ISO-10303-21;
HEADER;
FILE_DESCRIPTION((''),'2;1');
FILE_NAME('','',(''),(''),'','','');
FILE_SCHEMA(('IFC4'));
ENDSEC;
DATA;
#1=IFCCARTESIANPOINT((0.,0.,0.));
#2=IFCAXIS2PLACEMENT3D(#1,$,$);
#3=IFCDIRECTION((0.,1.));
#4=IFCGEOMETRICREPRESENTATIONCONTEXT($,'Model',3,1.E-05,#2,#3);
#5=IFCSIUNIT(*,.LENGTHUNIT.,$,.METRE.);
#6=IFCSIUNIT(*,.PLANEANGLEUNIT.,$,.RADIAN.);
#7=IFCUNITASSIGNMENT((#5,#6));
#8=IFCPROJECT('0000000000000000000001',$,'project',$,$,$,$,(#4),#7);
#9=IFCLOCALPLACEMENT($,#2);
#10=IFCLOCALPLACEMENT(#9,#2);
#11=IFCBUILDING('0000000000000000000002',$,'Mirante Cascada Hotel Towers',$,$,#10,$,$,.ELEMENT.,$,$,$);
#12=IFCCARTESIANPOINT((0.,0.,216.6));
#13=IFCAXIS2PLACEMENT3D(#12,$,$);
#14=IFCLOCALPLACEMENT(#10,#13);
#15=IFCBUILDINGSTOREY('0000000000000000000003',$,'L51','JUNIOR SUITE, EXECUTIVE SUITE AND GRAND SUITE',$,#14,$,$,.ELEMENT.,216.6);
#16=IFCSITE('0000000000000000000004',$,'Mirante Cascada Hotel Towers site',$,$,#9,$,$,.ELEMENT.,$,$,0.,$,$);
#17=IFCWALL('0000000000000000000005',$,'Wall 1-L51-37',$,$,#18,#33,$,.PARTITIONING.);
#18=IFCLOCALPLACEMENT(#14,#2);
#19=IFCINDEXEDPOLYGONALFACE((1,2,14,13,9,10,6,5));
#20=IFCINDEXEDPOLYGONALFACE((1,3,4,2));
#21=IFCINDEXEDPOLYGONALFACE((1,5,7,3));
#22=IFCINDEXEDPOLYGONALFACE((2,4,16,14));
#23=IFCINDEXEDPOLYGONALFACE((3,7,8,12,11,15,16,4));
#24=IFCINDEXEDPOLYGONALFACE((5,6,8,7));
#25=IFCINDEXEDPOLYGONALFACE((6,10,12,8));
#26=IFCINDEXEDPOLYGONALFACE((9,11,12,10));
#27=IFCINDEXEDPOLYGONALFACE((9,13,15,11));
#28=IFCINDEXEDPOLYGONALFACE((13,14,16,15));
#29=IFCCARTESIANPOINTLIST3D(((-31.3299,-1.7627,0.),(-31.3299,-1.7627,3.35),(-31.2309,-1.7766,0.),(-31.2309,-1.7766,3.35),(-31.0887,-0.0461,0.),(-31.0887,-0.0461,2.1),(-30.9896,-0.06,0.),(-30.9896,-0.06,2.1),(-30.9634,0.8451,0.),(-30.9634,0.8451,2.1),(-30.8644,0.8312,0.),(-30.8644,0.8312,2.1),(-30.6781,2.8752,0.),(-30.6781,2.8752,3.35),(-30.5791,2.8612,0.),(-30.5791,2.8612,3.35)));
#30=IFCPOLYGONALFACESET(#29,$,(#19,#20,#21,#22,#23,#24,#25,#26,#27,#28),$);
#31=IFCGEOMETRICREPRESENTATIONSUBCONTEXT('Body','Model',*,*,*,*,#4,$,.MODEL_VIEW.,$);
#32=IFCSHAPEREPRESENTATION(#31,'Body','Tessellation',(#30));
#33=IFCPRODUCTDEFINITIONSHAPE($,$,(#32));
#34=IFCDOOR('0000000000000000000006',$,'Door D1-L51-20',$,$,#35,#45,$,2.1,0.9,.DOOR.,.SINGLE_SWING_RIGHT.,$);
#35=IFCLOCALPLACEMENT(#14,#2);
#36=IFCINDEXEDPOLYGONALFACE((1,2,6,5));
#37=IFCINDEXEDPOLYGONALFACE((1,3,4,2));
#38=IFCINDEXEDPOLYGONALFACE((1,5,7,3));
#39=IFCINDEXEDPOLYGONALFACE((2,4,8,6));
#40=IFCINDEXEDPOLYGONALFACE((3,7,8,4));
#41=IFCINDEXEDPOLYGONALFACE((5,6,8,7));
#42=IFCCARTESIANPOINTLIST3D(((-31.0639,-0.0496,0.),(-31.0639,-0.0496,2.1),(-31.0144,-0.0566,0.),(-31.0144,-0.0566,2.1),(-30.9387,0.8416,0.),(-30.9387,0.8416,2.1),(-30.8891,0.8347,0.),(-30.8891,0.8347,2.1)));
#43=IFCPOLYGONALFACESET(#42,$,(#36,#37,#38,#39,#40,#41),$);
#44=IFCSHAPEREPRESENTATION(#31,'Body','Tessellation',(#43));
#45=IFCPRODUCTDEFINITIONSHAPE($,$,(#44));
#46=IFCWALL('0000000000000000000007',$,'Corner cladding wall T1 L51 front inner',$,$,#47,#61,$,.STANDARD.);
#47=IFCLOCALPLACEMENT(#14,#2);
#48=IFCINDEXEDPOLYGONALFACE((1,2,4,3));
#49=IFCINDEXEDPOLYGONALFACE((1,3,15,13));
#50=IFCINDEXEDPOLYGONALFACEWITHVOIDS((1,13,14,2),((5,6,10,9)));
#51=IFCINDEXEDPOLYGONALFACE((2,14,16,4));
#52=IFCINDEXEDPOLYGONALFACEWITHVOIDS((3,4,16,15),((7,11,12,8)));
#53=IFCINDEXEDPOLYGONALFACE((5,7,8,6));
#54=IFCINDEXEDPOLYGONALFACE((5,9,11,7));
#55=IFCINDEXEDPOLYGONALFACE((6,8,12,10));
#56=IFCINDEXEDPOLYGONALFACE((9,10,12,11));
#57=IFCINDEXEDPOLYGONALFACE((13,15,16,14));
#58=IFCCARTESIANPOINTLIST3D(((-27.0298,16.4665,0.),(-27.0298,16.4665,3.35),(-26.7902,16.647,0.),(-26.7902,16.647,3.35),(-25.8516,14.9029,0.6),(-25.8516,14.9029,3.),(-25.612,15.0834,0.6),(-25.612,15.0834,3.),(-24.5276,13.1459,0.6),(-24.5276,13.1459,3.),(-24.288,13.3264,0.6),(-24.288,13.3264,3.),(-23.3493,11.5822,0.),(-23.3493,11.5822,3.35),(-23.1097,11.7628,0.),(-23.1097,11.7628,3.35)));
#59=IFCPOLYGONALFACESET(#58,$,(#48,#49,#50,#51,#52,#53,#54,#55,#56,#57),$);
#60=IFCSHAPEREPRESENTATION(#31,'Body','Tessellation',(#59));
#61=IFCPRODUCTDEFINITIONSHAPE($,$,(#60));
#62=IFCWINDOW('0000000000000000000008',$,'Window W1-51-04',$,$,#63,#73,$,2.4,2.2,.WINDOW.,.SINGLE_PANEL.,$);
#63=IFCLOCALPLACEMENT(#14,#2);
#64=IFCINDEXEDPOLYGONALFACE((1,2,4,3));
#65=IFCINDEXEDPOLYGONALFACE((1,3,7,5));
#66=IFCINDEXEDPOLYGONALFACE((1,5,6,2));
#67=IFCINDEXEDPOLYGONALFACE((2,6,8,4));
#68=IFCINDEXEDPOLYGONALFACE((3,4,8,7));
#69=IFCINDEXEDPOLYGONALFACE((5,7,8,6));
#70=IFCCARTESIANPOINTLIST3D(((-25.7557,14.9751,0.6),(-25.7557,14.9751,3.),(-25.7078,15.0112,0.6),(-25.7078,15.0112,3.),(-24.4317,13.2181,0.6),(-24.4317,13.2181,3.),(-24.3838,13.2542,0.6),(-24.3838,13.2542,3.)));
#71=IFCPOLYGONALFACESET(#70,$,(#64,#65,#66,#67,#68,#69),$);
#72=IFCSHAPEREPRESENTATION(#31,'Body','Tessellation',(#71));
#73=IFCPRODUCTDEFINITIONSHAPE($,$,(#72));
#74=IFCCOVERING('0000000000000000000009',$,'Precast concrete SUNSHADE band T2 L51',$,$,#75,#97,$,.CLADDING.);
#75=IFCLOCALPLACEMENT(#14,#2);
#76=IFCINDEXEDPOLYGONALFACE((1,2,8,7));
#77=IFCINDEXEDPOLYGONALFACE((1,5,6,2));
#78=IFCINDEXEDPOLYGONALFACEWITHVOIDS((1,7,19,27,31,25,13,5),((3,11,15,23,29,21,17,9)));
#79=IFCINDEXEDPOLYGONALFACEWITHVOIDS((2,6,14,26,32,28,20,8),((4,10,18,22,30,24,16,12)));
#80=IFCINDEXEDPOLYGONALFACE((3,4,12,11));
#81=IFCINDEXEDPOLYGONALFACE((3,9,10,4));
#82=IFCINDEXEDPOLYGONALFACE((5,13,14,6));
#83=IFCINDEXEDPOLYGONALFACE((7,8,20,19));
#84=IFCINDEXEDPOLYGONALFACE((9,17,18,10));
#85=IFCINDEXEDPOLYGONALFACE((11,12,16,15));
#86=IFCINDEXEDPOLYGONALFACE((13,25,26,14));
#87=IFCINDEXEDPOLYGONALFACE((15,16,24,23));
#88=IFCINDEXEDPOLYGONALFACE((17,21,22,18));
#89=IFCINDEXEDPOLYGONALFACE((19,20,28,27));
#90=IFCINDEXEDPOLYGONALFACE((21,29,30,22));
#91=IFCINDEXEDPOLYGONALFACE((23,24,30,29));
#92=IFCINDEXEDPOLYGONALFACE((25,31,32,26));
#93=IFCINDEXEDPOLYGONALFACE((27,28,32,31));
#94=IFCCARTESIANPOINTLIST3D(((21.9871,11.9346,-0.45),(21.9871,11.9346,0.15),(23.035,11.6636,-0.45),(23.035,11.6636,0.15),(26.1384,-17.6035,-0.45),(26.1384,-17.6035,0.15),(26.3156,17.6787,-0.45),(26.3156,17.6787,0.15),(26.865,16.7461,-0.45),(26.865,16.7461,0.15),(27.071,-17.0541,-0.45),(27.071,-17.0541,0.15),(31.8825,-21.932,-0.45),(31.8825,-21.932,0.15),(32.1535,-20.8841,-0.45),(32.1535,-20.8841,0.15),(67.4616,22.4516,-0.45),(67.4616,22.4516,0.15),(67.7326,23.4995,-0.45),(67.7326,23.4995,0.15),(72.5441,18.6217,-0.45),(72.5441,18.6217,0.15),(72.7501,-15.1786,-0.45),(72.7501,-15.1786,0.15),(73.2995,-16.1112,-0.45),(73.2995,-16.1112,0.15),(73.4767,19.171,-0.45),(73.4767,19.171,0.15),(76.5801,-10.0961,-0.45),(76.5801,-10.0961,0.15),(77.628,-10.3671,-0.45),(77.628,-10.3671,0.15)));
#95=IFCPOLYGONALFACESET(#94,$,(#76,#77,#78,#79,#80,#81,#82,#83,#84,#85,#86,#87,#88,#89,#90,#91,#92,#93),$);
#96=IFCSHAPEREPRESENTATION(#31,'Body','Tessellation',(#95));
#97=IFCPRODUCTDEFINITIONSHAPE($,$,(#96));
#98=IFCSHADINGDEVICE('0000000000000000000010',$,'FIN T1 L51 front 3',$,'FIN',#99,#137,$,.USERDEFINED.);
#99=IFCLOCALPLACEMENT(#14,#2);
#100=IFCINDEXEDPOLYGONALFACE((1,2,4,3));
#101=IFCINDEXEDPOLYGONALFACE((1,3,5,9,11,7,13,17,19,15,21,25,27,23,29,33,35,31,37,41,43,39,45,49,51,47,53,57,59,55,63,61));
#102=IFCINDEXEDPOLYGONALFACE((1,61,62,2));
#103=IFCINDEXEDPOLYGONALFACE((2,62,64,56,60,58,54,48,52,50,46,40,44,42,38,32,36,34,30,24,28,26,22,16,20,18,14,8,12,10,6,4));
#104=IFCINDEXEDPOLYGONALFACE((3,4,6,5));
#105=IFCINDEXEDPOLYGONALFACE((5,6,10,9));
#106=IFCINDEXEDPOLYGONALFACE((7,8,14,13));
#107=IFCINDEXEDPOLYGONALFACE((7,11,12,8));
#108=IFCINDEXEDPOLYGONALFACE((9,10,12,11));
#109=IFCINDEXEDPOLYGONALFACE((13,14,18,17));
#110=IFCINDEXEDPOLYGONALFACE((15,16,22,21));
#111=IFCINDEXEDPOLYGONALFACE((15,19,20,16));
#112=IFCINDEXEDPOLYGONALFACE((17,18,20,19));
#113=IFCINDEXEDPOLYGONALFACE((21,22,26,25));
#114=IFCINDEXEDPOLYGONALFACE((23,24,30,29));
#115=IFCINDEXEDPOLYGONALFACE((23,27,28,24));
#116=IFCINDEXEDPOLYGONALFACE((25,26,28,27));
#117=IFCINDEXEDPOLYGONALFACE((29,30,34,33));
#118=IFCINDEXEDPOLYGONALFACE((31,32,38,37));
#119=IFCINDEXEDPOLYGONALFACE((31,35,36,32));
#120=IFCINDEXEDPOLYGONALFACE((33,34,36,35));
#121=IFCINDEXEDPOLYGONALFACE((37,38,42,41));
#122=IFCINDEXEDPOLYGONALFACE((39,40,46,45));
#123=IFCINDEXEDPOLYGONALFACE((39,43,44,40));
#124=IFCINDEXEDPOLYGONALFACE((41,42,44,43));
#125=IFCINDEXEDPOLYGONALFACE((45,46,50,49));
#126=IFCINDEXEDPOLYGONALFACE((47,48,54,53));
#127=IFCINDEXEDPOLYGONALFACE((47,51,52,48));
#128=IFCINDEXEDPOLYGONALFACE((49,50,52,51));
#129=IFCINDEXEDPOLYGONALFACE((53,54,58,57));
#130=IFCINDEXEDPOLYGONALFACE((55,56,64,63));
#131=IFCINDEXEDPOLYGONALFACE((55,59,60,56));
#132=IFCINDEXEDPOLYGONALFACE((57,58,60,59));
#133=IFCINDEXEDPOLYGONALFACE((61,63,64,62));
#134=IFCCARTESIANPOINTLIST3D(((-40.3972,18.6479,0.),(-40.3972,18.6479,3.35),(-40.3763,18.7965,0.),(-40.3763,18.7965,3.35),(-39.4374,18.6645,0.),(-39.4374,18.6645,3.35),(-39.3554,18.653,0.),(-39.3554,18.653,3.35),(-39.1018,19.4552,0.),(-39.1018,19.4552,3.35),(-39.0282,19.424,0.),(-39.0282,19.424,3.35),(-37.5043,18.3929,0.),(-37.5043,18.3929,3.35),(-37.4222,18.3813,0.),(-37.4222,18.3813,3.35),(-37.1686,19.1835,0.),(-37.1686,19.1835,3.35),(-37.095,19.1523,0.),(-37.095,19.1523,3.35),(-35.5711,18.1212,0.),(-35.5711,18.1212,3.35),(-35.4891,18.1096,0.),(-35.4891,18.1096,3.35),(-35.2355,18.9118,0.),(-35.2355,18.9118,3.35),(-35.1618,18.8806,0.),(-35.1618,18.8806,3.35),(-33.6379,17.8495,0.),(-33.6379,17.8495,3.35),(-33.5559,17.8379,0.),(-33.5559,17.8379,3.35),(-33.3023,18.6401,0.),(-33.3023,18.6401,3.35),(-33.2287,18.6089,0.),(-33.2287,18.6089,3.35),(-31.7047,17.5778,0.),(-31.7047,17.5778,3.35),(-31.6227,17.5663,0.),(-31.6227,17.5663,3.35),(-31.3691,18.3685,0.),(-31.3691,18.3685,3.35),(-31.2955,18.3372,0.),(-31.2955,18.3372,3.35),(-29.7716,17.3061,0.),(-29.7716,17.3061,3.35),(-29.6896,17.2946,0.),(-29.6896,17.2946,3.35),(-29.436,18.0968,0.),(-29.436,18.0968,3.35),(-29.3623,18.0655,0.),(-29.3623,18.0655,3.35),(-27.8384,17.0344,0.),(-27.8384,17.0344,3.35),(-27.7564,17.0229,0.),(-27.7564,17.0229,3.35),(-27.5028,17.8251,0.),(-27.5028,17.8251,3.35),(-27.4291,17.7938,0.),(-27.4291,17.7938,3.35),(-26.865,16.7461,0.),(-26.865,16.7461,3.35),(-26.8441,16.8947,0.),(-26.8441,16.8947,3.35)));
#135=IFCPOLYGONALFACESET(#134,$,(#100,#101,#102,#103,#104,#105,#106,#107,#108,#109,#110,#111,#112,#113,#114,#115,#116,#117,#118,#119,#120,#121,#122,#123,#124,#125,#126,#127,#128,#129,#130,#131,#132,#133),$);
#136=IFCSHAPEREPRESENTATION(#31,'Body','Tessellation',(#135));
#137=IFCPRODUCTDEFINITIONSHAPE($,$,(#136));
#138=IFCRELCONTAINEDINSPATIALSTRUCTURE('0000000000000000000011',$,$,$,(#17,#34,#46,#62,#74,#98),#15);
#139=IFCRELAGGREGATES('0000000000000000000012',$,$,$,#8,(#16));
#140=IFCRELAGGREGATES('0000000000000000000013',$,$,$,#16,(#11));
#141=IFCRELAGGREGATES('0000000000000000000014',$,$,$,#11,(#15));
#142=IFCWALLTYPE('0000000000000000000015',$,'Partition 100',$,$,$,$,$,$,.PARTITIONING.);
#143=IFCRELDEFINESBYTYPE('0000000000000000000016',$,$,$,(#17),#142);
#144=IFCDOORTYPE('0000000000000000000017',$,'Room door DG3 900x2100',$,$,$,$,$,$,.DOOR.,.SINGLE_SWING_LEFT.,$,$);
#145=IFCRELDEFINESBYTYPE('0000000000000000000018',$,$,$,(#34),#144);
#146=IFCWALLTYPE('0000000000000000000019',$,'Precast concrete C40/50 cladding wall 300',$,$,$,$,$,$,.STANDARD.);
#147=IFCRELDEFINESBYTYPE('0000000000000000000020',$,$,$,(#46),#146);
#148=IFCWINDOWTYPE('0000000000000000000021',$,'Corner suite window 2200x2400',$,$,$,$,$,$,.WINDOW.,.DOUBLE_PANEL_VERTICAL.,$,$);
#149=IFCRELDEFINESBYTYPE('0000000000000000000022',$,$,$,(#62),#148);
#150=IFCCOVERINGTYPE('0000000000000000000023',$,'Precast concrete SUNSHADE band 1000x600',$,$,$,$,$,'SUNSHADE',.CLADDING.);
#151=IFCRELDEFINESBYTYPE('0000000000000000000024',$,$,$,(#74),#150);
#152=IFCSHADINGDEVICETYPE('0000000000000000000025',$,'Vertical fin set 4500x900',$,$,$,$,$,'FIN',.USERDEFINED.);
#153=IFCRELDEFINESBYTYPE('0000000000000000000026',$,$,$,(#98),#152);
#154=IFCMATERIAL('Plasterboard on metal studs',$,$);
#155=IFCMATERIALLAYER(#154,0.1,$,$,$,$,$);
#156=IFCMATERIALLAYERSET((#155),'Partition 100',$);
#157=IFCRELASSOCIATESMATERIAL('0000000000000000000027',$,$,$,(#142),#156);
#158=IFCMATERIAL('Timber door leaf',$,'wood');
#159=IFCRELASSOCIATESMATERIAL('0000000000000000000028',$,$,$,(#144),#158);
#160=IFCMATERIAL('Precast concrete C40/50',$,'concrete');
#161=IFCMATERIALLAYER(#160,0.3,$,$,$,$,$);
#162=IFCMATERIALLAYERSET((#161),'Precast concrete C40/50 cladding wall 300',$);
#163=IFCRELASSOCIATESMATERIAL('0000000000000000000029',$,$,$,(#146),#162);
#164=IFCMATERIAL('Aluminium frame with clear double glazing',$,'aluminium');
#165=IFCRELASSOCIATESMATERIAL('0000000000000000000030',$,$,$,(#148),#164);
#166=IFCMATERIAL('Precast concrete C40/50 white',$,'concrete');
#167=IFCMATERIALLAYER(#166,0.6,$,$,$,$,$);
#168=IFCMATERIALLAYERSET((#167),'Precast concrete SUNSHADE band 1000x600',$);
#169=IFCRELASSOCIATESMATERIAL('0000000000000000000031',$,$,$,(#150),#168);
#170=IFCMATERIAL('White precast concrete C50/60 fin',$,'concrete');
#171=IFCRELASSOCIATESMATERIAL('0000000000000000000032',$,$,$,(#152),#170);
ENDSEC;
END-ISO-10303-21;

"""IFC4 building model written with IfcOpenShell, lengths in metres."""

from ifc_helpers import new_model, si_unit, direction, frame, frame_2d, origin, place, context, subcontext, project, spatial, polyline, rectangle, outline, extrude, material, layer, layer_set, type_object, element, fill, save


model = new_model("IFC4")

# Units and contexts
model_context = context("Model", 3, precision=1e-05, world=origin(), true_north=direction((0.0, 1.0)))
body_context = subcontext(model_context, "Body", "Model", "MODEL_VIEW")
ifc_project = project(units=[si_unit("LENGTHUNIT", "METRE"), si_unit("PLANEANGLEUNIT", "RADIAN")], contexts=[model_context])

# Site, building, storey
site_placement = place(None, origin())
site = spatial("IfcSite", under=ifc_project, at=site_placement, Name="Mirante Cascada Hotel Towers site", CompositionType="ELEMENT", RefElevation=0.0)
building_placement = place(site_placement, origin())
building = spatial("IfcBuilding", under=site, at=building_placement, Name="Mirante Cascada Hotel Towers", CompositionType="ELEMENT")
storey_placement = place(building_placement, frame((0.0, 0.0, 216.6)))
storey = spatial("IfcBuildingStorey", under=building, at=storey_placement, Name="L51", Description="JUNIOR SUITE, EXECUTIVE SUITE AND GRAND SUITE", CompositionType="ELEMENT", Elevation=216.6)

# Shared definitions
ifc_material_1 = material(Name="Plasterboard on metal studs")
ifc_layer_1 = layer(ifc_material_1, 0.1)
ifc_layer_set_1 = layer_set([ifc_layer_1], Name="Partition 100")
wall_type_1 = type_object("IfcWallType", Name="Partition 100", PredefinedType="PARTITIONING", material=ifc_layer_set_1)

# Shared definitions
ifc_material_2 = material(Name="Timber door leaf", Category="wood")
door_type_1 = type_object("IfcDoorType", Name="Room door DG3 900x2100", OperationType="SINGLE_SWING_LEFT", PredefinedType="DOOR", material=ifc_material_2)

# Wall, opening, door
wall_1_placement = place(storey_placement, frame((-30.6286, 2.8682, 0.0), z_axis=(0.0, 0.0, 1.0), x_axis=(-0.139173, -0.990268, 0.0)))
wall_1 = element("IfcWall", 1, at=wall_1_placement, inside=storey, type_object=wall_type_1, Name="Wall 1-L51-37", PredefinedType="PARTITIONING", context=body_context, shape_type="SweptSolid", body=[
    extrude(rectangle(XDim=4.6834, YDim=0.1, at=frame_2d((2.3417, 0.0))), origin(), (0.0, 0.0, 1.0), 3.35),
])
opening_1_placement = place(wall_1_placement, frame((2.05, 0.0, 0.0)))
opening_1 = element("IfcOpeningElement", 2, at=opening_1_placement, cuts=wall_1, PredefinedType="OPENING", context=body_context, shape_type="SweptSolid", body=[
    extrude(rectangle(XDim=0.9, YDim=2.1, at=frame_2d((0.45, 1.05))), frame((0.0, 0.05, 0.0), z_axis=(0.0, -1.0, 0.0), x_axis=(1.0, 0.0, 0.0)), (0.0, 0.0, 1.0), 0.1),
])
door_1_placement = place(opening_1_placement, frame((0.9, 0.0, 0.0), z_axis=(0.0, 0.0, 1.0), x_axis=(-1.0, 0.0, 0.0)))
door_1 = element("IfcDoor", 3, at=door_1_placement, inside=storey, type_object=door_type_1, Name="Door D1-L51-20", OperationType="SINGLE_SWING_RIGHT", OverallHeight=2.1, OverallWidth=0.9, PredefinedType="DOOR", context=body_context, shape_type="SweptSolid", body=[
    extrude(rectangle(XDim=0.9, YDim=2.1, at=frame_2d((0.45, 1.05))), frame((0.0, 0.025, 0.0), z_axis=(0.0, -1.0, 0.0), x_axis=(1.0, 0.0, 0.0)), (0.0, 0.0, 1.0), 0.05),
])
fill(opening_1, door_1)

# Wall, opening, window
ifc_material_3 = material(Name="Precast concrete C40/50", Category="concrete")
ifc_layer_2 = layer(ifc_material_3, 0.3)
ifc_layer_set_2 = layer_set([ifc_layer_2], Name="Precast concrete C40/50 cladding wall 300")
wall_type_2 = type_object("IfcWallType", Name="Precast concrete C40/50 cladding wall 300", PredefinedType="STANDARD", material=ifc_layer_set_2)
wall_2_placement = place(storey_placement, frame((-26.91, 16.5567, 0.0), z_axis=(0.0, 0.0, 1.0), x_axis=(0.601814, -0.798636, 0.0)))
wall_2 = element("IfcWall", 4, at=wall_2_placement, inside=storey, type_object=wall_type_2, Name="Corner cladding wall T1 L51 front inner", PredefinedType="STANDARD", context=body_context, shape_type="SweptSolid", body=[
    extrude(rectangle(XDim=6.1157, YDim=0.3, at=frame_2d((3.0578, 0.0))), origin(), (0.0, 0.0, 1.0), 3.35),
])
opening_2_placement = place(wall_2_placement, frame((1.9578, 0.0, 0.6)))
opening_2 = element("IfcOpeningElement", 5, at=opening_2_placement, cuts=wall_2, PredefinedType="OPENING", context=body_context, shape_type="SweptSolid", body=[
    extrude(rectangle(XDim=2.2, YDim=2.4, at=frame_2d((1.1, 1.2))), frame((0.0, 0.15, 0.0), z_axis=(0.0, -1.0, 0.0), x_axis=(1.0, 0.0, 0.0)), (0.0, 0.0, 1.0), 0.3),
])
ifc_material_4 = material(Name="Aluminium frame with clear double glazing", Category="aluminium")
window_type = type_object("IfcWindowType", Name="Corner suite window 2200x2400", PartitioningType="DOUBLE_PANEL_VERTICAL", PredefinedType="WINDOW", material=ifc_material_4)
window_placement = place(opening_2_placement, origin())
window = element("IfcWindow", 6, at=window_placement, inside=storey, type_object=window_type, Name="Window W1-51-04", OverallHeight=2.4, OverallWidth=2.2, PartitioningType="SINGLE_PANEL", PredefinedType="WINDOW", context=body_context, shape_type="SweptSolid", body=[
    extrude(rectangle(XDim=2.2, YDim=2.4, at=frame_2d((1.1, 1.2))), frame((0.0, 0.03, 0.0), z_axis=(0.0, -1.0, 0.0), x_axis=(1.0, 0.0, 0.0)), (0.0, 0.0, 1.0), 0.06),
])
fill(opening_2, window)

# Covering
ifc_material_5 = material(Name="Precast concrete C40/50 white", Category="concrete")
ifc_layer_3 = layer(ifc_material_5, 0.6)
ifc_layer_set_3 = layer_set([ifc_layer_3], Name="Precast concrete SUNSHADE band 1000x600")
covering_type = type_object("IfcCoveringType", Name="Precast concrete SUNSHADE band 1000x600", ElementType="SUNSHADE", PredefinedType="CLADDING", material=ifc_layer_set_3)
covering_placement = place(storey_placement, frame((0.0, 0.0, -0.45)))
element("IfcCovering", 7, at=covering_placement, inside=storey, type_object=covering_type, Name="Precast concrete SUNSHADE band T2 L51", PredefinedType="CLADDING", context=body_context, shape_type="SweptSolid", body=[
    extrude(outline(polyline([(21.9871, 11.9346), (26.3156, 17.6787), (67.7326, 23.4995), (73.4767, 19.171), (77.628, -10.3671), (73.2995, -16.1112), (31.8825, -21.932), (26.1384, -17.6035), (21.9871, 11.9346)]), holes=[polyline([(76.5801, -10.0961), (72.5441, 18.6217), (67.4616, 22.4516), (26.865, 16.7461), (23.035, 11.6636), (27.071, -17.0541), (32.1535, -20.8841), (72.7501, -15.1786), (76.5801, -10.0961)])]), origin(), (0.0, 0.0, 1.0), 0.6),
])

# Shading device
ifc_material_6 = material(Name="White precast concrete C50/60 fin", Category="concrete")
shading_device_type = type_object("IfcShadingDeviceType", Name="Vertical fin set 4500x900", ElementType="FIN", PredefinedType="USERDEFINED", material=ifc_material_6)
shading_device_1_placement = place(storey_placement, origin())
element("IfcShadingDevice", 8, at=shading_device_1_placement, inside=storey, type_object=shading_device_type, Name="FIN T1 L51 front 3", ObjectType="FIN", PredefinedType="USERDEFINED", context=body_context, shape_type="SweptSolid", body=[
    extrude(outline(polyline([(-27.7564, 17.0229), (-26.8441, 16.8947), (-26.865, 16.7461), (-40.3972, 18.6479), (-40.3763, 18.7965), (-39.4374, 18.6645), (-39.1018, 19.4552), (-39.0282, 19.424), (-39.3554, 18.653), (-37.5043, 18.3929), (-37.1686, 19.1835), (-37.095, 19.1523), (-37.4222, 18.3813), (-35.5711, 18.1212), (-35.2355, 18.9118), (-35.1618, 18.8806), (-35.4891, 18.1096), (-33.6379, 17.8495), (-33.3023, 18.6401), (-33.2287, 18.6089), (-33.5559, 17.8379), (-31.7047, 17.5778), (-31.3691, 18.3685), (-31.2955, 18.3372), (-31.6227, 17.5663), (-29.7716, 17.3061), (-29.436, 18.0968), (-29.3623, 18.0655), (-29.6896, 17.2946), (-27.8384, 17.0344), (-27.5028, 17.8251), (-27.4291, 17.7938), (-27.7564, 17.0229)])), origin(), (0.0, 0.0, 1.0), 3.35),
])

save(model, "model.ifc")
